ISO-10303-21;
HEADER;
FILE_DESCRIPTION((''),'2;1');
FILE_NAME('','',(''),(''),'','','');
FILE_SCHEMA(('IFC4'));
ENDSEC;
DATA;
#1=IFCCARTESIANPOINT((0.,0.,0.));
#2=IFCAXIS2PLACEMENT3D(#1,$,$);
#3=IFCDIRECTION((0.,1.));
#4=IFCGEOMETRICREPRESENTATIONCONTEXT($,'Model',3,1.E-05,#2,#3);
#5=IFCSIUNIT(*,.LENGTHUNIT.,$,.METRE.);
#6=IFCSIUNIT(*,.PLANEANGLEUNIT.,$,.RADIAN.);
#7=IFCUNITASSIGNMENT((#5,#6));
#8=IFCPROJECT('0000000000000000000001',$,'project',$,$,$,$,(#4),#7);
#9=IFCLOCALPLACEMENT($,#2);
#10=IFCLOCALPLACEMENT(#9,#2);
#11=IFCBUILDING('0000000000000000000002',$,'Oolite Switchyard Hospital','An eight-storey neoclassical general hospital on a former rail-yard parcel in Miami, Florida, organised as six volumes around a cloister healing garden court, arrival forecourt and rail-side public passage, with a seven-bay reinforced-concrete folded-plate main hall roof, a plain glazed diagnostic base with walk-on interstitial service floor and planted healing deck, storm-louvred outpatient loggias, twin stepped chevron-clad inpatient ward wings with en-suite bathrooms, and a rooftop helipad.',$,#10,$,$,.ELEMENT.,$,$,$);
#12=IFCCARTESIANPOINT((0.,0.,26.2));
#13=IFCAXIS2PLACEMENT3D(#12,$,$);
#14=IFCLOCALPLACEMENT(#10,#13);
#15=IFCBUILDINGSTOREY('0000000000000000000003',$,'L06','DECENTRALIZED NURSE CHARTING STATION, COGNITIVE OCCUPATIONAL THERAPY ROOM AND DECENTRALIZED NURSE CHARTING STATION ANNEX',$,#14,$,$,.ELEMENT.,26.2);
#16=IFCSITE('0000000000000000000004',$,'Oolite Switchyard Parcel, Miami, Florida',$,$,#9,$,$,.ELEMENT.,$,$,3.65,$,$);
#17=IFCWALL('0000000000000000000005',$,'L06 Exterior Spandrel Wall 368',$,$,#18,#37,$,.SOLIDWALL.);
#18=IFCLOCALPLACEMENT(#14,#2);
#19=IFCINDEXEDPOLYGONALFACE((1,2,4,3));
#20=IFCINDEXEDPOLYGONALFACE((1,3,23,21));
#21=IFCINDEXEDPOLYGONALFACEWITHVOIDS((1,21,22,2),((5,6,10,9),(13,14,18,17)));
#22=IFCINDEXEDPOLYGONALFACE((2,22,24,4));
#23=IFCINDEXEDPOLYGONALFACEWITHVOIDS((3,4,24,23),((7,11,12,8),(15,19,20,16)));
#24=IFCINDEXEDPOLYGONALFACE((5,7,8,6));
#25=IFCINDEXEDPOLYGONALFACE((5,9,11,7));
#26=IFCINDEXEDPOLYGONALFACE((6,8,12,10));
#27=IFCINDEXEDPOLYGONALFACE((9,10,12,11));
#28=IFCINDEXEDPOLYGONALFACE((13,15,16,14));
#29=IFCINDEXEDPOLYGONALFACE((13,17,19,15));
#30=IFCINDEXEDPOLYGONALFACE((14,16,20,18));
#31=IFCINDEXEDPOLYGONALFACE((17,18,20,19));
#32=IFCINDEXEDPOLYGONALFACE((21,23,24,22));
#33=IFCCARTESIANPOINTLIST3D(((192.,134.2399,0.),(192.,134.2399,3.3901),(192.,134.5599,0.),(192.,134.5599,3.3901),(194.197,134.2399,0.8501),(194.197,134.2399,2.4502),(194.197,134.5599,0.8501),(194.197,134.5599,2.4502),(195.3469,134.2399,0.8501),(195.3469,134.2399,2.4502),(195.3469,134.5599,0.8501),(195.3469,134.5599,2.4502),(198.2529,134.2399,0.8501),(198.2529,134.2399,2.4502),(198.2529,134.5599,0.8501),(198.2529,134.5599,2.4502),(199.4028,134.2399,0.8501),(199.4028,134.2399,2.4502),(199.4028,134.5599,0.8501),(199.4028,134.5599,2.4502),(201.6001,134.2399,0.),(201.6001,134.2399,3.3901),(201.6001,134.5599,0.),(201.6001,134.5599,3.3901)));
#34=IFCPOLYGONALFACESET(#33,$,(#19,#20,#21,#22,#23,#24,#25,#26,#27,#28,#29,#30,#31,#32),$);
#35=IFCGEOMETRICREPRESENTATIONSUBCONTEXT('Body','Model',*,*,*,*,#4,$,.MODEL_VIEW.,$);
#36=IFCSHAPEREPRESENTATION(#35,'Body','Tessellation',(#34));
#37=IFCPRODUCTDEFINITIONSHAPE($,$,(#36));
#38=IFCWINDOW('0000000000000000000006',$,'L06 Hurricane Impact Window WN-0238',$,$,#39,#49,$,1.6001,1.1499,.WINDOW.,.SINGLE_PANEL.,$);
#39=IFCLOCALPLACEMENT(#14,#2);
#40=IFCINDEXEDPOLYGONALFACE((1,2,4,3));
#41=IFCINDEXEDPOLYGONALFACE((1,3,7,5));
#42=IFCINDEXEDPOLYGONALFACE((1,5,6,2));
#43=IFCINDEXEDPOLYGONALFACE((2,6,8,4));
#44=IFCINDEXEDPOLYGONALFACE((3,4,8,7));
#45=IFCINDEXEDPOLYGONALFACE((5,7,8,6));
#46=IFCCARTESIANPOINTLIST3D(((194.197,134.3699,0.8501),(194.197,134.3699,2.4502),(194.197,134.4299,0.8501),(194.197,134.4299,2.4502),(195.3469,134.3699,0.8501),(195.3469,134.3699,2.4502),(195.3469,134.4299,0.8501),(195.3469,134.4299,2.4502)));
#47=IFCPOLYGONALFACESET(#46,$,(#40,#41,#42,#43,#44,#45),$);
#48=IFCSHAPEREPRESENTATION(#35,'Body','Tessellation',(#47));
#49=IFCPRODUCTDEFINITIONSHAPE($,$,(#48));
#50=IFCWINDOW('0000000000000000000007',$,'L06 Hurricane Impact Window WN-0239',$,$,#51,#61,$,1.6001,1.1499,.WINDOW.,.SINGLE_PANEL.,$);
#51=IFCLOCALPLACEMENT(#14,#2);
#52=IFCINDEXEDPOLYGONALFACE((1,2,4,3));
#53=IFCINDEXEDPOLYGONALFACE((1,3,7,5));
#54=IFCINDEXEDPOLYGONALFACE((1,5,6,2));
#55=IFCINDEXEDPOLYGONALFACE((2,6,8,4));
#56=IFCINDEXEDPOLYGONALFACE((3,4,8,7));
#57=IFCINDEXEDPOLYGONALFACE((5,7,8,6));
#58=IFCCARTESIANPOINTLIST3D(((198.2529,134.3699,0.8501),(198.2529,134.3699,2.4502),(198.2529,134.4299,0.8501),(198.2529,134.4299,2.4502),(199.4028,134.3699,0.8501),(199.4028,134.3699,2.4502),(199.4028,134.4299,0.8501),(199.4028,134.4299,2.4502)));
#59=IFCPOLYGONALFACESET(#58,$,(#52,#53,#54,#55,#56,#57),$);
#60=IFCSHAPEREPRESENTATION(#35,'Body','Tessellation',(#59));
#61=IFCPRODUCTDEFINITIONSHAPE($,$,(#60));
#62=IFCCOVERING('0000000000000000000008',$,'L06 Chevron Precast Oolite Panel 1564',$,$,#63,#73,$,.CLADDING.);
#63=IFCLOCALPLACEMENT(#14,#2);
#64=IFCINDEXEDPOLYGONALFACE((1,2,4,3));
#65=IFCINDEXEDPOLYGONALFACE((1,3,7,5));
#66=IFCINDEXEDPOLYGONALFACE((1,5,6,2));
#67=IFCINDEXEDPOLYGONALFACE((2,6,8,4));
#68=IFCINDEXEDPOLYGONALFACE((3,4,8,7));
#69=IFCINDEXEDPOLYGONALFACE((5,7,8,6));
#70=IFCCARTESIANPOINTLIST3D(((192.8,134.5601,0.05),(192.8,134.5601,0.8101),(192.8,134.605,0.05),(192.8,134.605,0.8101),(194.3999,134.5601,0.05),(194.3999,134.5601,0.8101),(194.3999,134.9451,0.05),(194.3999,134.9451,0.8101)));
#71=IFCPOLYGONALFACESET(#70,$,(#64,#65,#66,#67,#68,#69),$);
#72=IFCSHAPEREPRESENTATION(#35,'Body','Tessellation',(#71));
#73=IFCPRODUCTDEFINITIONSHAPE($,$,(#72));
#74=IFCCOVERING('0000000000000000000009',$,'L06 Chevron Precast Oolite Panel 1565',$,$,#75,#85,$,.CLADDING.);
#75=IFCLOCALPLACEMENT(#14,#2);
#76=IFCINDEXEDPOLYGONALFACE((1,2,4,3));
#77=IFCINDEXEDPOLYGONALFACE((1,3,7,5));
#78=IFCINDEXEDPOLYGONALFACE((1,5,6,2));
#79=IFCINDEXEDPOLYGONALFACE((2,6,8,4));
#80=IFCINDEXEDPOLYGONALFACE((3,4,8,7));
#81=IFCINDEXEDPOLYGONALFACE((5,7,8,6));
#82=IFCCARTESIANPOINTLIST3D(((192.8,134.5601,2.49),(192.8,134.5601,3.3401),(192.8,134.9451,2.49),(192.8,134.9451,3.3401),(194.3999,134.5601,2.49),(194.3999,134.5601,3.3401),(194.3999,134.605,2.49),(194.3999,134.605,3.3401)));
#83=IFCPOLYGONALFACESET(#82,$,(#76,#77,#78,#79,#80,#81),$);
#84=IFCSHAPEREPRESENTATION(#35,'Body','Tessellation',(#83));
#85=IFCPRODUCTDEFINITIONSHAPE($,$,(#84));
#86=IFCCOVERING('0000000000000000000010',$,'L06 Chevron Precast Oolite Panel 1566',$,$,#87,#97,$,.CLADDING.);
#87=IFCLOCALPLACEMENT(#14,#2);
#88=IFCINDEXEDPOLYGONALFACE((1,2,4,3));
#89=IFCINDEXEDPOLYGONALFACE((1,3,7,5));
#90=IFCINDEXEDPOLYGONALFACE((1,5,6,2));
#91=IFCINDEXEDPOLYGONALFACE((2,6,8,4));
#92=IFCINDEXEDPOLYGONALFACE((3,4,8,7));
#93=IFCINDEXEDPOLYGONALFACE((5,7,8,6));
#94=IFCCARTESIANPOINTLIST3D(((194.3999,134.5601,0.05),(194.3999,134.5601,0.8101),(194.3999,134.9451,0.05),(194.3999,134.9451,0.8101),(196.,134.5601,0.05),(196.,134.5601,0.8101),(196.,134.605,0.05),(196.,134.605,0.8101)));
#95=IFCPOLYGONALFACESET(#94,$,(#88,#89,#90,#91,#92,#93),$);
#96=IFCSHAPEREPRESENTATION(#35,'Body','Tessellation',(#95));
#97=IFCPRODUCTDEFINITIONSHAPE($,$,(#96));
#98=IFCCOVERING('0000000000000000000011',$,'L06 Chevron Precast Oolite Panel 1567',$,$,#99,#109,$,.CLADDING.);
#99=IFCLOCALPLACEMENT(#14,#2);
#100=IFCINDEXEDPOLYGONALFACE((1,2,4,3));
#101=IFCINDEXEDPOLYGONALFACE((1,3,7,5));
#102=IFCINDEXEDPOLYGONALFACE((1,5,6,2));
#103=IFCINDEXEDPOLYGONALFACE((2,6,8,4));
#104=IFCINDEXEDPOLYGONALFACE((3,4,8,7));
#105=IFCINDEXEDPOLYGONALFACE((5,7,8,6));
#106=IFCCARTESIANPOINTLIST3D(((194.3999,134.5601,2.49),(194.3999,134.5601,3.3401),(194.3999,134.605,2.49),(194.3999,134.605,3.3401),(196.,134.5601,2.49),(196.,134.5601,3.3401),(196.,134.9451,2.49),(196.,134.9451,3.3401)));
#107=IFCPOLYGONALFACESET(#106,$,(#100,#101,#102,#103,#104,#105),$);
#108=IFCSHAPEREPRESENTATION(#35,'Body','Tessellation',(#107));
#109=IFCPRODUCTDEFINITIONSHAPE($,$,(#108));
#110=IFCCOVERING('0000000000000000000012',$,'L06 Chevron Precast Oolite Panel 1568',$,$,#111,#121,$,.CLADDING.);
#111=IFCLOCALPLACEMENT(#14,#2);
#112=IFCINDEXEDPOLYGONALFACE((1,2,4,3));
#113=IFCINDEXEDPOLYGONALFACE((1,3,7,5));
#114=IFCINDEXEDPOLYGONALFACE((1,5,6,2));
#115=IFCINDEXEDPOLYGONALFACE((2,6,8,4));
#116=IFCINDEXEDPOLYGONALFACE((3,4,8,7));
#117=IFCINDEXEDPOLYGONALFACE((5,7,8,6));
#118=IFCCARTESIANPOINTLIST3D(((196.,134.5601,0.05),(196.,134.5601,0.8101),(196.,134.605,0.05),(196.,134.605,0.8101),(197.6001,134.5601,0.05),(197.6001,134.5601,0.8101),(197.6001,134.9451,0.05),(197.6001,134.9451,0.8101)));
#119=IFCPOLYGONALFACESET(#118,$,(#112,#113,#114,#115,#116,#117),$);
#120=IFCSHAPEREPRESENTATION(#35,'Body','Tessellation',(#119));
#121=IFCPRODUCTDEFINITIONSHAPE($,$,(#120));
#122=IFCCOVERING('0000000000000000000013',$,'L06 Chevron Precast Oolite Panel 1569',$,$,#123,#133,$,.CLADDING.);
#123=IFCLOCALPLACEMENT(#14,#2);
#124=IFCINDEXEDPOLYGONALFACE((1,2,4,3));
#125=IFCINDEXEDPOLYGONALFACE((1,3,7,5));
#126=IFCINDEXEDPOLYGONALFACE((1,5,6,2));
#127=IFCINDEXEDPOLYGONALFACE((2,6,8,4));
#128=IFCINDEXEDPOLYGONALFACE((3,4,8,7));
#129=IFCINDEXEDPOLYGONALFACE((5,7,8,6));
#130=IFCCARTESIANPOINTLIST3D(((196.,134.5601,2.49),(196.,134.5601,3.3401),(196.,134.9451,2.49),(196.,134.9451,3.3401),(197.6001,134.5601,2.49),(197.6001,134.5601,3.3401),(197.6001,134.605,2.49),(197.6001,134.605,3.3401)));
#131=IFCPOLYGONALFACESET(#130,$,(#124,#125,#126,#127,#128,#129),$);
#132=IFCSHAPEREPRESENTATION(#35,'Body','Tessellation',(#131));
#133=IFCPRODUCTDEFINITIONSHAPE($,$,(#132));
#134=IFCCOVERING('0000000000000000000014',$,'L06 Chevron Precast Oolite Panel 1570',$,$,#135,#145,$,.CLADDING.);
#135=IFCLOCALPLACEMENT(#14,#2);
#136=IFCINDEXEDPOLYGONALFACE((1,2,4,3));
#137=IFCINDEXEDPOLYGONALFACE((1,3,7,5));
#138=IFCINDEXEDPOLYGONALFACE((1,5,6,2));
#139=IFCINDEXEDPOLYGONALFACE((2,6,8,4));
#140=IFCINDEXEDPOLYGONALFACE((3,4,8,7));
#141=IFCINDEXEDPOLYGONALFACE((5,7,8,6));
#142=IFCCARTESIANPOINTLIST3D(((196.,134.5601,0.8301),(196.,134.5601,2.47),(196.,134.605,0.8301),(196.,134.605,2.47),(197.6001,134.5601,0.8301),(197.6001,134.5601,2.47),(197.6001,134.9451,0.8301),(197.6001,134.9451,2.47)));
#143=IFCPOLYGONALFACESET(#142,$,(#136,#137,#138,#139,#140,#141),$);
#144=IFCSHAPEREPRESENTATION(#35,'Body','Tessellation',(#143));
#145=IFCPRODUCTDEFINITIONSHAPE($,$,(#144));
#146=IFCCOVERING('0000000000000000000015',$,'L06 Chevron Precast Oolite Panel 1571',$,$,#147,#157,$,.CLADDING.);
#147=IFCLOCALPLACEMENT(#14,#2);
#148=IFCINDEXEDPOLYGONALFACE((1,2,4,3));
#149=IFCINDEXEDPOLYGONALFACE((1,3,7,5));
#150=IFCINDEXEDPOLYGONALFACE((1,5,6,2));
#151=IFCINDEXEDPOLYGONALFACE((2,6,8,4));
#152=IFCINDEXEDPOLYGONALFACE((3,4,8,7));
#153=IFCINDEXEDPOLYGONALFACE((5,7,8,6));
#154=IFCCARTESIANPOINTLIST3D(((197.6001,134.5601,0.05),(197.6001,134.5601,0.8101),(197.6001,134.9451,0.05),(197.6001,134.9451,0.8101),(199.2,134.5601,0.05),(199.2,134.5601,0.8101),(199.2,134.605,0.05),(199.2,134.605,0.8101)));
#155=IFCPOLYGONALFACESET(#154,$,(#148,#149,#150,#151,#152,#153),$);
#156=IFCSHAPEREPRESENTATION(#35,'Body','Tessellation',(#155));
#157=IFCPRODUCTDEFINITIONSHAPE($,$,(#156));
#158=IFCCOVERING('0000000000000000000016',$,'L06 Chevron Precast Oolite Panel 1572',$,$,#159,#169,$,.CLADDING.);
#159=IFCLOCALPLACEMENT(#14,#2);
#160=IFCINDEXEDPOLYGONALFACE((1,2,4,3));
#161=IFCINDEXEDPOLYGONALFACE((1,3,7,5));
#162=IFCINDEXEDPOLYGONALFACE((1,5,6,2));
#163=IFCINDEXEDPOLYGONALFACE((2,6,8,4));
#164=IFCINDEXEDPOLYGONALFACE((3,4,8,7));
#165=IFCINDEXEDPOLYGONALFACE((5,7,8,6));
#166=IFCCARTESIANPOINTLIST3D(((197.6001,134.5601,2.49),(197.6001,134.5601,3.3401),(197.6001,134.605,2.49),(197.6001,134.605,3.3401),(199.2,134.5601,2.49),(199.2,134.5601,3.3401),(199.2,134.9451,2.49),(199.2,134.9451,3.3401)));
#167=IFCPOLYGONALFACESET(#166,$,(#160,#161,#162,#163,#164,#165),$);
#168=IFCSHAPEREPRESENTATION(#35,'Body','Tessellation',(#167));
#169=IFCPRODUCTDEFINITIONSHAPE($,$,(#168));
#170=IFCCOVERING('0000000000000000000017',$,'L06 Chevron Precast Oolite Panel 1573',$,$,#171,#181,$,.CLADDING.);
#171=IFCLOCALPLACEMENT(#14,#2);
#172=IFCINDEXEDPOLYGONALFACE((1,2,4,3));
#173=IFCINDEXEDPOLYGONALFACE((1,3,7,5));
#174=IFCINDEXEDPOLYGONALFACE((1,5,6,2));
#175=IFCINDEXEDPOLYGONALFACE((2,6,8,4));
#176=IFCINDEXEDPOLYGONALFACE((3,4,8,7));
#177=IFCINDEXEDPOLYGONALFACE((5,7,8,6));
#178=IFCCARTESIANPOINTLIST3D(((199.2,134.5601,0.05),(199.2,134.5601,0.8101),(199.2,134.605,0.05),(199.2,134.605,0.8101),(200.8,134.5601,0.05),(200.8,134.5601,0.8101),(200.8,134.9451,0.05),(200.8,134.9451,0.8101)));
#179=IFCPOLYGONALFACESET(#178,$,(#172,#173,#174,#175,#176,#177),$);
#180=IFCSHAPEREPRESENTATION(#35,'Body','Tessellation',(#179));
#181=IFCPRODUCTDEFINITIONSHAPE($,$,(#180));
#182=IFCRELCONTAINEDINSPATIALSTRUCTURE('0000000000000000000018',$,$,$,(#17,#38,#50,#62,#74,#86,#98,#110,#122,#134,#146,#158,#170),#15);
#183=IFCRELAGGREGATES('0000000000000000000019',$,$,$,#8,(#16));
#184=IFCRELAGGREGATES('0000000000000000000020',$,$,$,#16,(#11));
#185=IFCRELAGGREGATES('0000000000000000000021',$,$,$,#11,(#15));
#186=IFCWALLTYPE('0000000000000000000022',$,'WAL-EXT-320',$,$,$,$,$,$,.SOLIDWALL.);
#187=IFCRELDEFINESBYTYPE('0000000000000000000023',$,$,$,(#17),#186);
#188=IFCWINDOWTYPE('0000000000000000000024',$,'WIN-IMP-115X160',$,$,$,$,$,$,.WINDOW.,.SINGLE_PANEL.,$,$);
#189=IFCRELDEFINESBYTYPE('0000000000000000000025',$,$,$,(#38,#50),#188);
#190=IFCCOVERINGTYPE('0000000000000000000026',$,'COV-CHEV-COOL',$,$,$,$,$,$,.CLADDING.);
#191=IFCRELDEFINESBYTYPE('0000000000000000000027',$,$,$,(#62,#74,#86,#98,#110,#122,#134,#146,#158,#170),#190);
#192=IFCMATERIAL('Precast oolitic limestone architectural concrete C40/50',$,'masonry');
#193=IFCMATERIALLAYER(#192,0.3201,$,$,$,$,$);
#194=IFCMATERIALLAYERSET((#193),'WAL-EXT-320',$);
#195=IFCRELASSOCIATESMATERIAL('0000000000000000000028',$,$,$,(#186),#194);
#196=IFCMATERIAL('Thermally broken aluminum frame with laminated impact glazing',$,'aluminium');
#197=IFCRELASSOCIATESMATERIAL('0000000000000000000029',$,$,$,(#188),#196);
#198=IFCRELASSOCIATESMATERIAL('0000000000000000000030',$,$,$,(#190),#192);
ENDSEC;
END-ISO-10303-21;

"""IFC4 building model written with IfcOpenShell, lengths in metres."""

from ifc_helpers import new_model, si_unit, direction, frame, frame_2d, origin, place, context, subcontext, project, spatial, polyline, rectangle, outline, extrude, material, layer, layer_set, type_object, element, fill, save


model = new_model("IFC4")

# Units and contexts
model_context = context("Model", 3, precision=1e-05, world=origin(), true_north=direction((0.0, 1.0)))
body_context = subcontext(model_context, "Body", "Model", "MODEL_VIEW")
ifc_project = project(units=[si_unit("LENGTHUNIT", "METRE"), si_unit("PLANEANGLEUNIT", "RADIAN")], contexts=[model_context])

# Site, building, storey
site_placement = place(None, origin())
site = spatial("IfcSite", under=ifc_project, at=site_placement, Name="Oolite Switchyard Parcel, Miami, Florida", CompositionType="ELEMENT", RefElevation=3.65)
building_placement = place(site_placement, origin())
building = spatial("IfcBuilding", under=site, at=building_placement, Name="Oolite Switchyard Hospital", Description="An eight-storey neoclassical general hospital on a former rail-yard parcel in Miami, Florida, organised as six volumes around a cloister healing garden court, arrival forecourt and rail-side public passage, with a seven-bay reinforced-concrete folded-plate main hall roof, a plain glazed diagnostic base with walk-on interstitial service floor and planted healing deck, storm-louvred outpatient loggias, twin stepped chevron-clad inpatient ward wings with en-suite bathrooms, and a rooftop helipad.", CompositionType="ELEMENT")
storey_placement = place(building_placement, frame((0.0, 0.0, 26.2)))
storey = spatial("IfcBuildingStorey", under=building, at=storey_placement, Name="L06", Description="DECENTRALIZED NURSE CHARTING STATION, COGNITIVE OCCUPATIONAL THERAPY ROOM AND DECENTRALIZED NURSE CHARTING STATION ANNEX", CompositionType="ELEMENT", Elevation=26.2)

# Shared definitions
ifc_material_1 = material(Name="Precast oolitic limestone architectural concrete C40/50", Category="masonry")

# Wall, openings, windows
ifc_material_2 = material(Name="Thermally broken aluminum frame with laminated impact glazing", Category="aluminium")
ifc_layer_1 = layer(ifc_material_1, 0.3201)
ifc_layer_set_1 = layer_set([ifc_layer_1], Name="WAL-EXT-320")
wall_type_1 = type_object("IfcWallType", Name="WAL-EXT-320", PredefinedType="SOLIDWALL", material=ifc_layer_set_1)
wall_1_placement = place(storey_placement, frame((192.0, 134.3999, 0.0), z_axis=(0.0, 0.0, 1.0), x_axis=(1.0, 0.0, 0.0)))
wall_1 = element("IfcWall", 1, at=wall_1_placement, inside=storey, type_object=wall_type_1, Name="L06 Exterior Spandrel Wall 368", PredefinedType="SOLIDWALL", context=body_context, shape_type="SweptSolid", body=[
    extrude(rectangle(XDim=9.6001, YDim=0.3201, at=frame_2d((4.8, 0.0))), origin(), (0.0, 0.0, 1.0), 3.3901),
])
opening_1_placement = place(wall_1_placement, frame((2.197, 0.0, 0.8501)))
opening_1 = element("IfcOpeningElement", 2, at=opening_1_placement, cuts=wall_1, PredefinedType="OPENING", context=body_context, shape_type="SweptSolid", body=[
    extrude(rectangle(XDim=1.1499, YDim=1.6001, at=frame_2d((0.575, 0.8))), frame((0.0, 0.1699, 0.0), z_axis=(0.0, -1.0, 0.0), x_axis=(1.0, 0.0, 0.0)), (0.0, 0.0, 1.0), 0.3401),
])
opening_2_placement = place(wall_1_placement, frame((6.2529, 0.0, 0.8501)))
opening_2 = element("IfcOpeningElement", 3, at=opening_2_placement, cuts=wall_1, PredefinedType="OPENING", context=body_context, shape_type="SweptSolid", body=[
    extrude(rectangle(XDim=1.1499, YDim=1.6001, at=frame_2d((0.575, 0.8))), frame((0.0, 0.1699, 0.0), z_axis=(0.0, -1.0, 0.0), x_axis=(1.0, 0.0, 0.0)), (0.0, 0.0, 1.0), 0.3401),
])
window_type_1 = type_object("IfcWindowType", Name="WIN-IMP-115X160", PartitioningType="SINGLE_PANEL", PredefinedType="WINDOW", material=ifc_material_2)
window_1_placement = place(opening_1_placement, origin())
window_1 = element("IfcWindow", 4, at=window_1_placement, inside=storey, type_object=window_type_1, Name="L06 Hurricane Impact Window WN-0238", OverallHeight=1.6001, OverallWidth=1.1499, PartitioningType="SINGLE_PANEL", PredefinedType="WINDOW", context=body_context, shape_type="SweptSolid", body=[
    extrude(rectangle(XDim=1.1499, YDim=1.6001, at=frame_2d((0.575, 0.8))), frame((0.0, 0.03, 0.0), z_axis=(0.0, -1.0, 0.0), x_axis=(1.0, 0.0, 0.0)), (0.0, 0.0, 1.0), 0.0601),
])
fill(opening_1, window_1)
window_2_placement = place(opening_2_placement, origin())
window_2 = element("IfcWindow", 5, at=window_2_placement, inside=storey, type_object=window_type_1, Name="L06 Hurricane Impact Window WN-0239", OverallHeight=1.6001, OverallWidth=1.1499, PartitioningType="SINGLE_PANEL", PredefinedType="WINDOW", context=body_context, shape_type="SweptSolid", body=[
    extrude(rectangle(XDim=1.1499, YDim=1.6001, at=frame_2d((0.575, 0.8))), frame((0.0, 0.03, 0.0), z_axis=(0.0, -1.0, 0.0), x_axis=(1.0, 0.0, 0.0)), (0.0, 0.0, 1.0), 0.0601),
])
fill(opening_2, window_2)

# Coverings
covering_type = type_object("IfcCoveringType", Name="COV-CHEV-COOL", PredefinedType="CLADDING", material=ifc_material_1)
covering_1_placement = place(storey_placement, frame((192.8, 134.5601, 0.05), z_axis=(0.0, 0.0, 1.0), x_axis=(1.0, 0.0, 0.0)))
element("IfcCovering", 6, at=covering_1_placement, inside=storey, type_object=covering_type, Name="L06 Chevron Precast Oolite Panel 1564", PredefinedType="CLADDING", context=body_context, shape_type="SweptSolid", body=[
    extrude(outline(polyline([(0.0, 0.0), (1.5999, 0.0), (1.5999, 0.385), (0.0, 0.0449), (0.0, 0.0)])), origin(), (0.0, 0.0, 1.0), 0.76),
])
covering_2_placement = place(storey_placement, frame((192.8, 134.5601, 2.49), z_axis=(0.0, 0.0, 1.0), x_axis=(1.0, 0.0, 0.0)))
element("IfcCovering", 7, at=covering_2_placement, inside=storey, type_object=covering_type, Name="L06 Chevron Precast Oolite Panel 1565", PredefinedType="CLADDING", context=body_context, shape_type="SweptSolid", body=[
    extrude(outline(polyline([(0.0, 0.0), (1.5999, 0.0), (1.5999, 0.0449), (0.0, 0.385), (0.0, 0.0)])), origin(), (0.0, 0.0, 1.0), 0.8501),
])
covering_3_placement = place(storey_placement, frame((194.3999, 134.5601, 0.05), z_axis=(0.0, 0.0, 1.0), x_axis=(1.0, 0.0, 0.0)))
element("IfcCovering", 8, at=covering_3_placement, inside=storey, type_object=covering_type, Name="L06 Chevron Precast Oolite Panel 1566", PredefinedType="CLADDING", context=body_context, shape_type="SweptSolid", body=[
    extrude(outline(polyline([(0.0, 0.0), (1.6001, 0.0), (1.6001, 0.0449), (0.0, 0.385), (0.0, 0.0)])), origin(), (0.0, 0.0, 1.0), 0.76),
])
covering_4_placement = place(storey_placement, frame((194.3999, 134.5601, 2.49), z_axis=(0.0, 0.0, 1.0), x_axis=(1.0, 0.0, 0.0)))
element("IfcCovering", 9, at=covering_4_placement, inside=storey, type_object=covering_type, Name="L06 Chevron Precast Oolite Panel 1567", PredefinedType="CLADDING", context=body_context, shape_type="SweptSolid", body=[
    extrude(outline(polyline([(0.0, 0.0), (1.6001, 0.0), (1.6001, 0.385), (0.0, 0.0449), (0.0, 0.0)])), origin(), (0.0, 0.0, 1.0), 0.8501),
])
covering_5_placement = place(storey_placement, frame((196.0, 134.5601, 0.05), z_axis=(0.0, 0.0, 1.0), x_axis=(1.0, 0.0, 0.0)))
element("IfcCovering", 10, at=covering_5_placement, inside=storey, type_object=covering_type, Name="L06 Chevron Precast Oolite Panel 1568", PredefinedType="CLADDING", context=body_context, shape_type="SweptSolid", body=[
    extrude(outline(polyline([(0.0, 0.0), (1.6001, 0.0), (1.6001, 0.385), (0.0, 0.0449), (0.0, 0.0)])), origin(), (0.0, 0.0, 1.0), 0.76),
])
covering_6_placement = place(storey_placement, frame((196.0, 134.5601, 2.49), z_axis=(0.0, 0.0, 1.0), x_axis=(1.0, 0.0, 0.0)))
element("IfcCovering", 11, at=covering_6_placement, inside=storey, type_object=covering_type, Name="L06 Chevron Precast Oolite Panel 1569", PredefinedType="CLADDING", context=body_context, shape_type="SweptSolid", body=[
    extrude(outline(polyline([(0.0, 0.0), (1.6001, 0.0), (1.6001, 0.0449), (0.0, 0.385), (0.0, 0.0)])), origin(), (0.0, 0.0, 1.0), 0.8501),
])
covering_7_placement = place(storey_placement, frame((196.0, 134.5601, 0.8301), z_axis=(0.0, 0.0, 1.0), x_axis=(1.0, 0.0, 0.0)))
element("IfcCovering", 12, at=covering_7_placement, inside=storey, type_object=covering_type, Name="L06 Chevron Precast Oolite Panel 1570", PredefinedType="CLADDING", context=body_context, shape_type="SweptSolid", body=[
    extrude(outline(polyline([(0.0, 0.0), (1.6001, 0.0), (1.6001, 0.385), (0.0, 0.0449), (0.0, 0.0)])), origin(), (0.0, 0.0, 1.0), 1.6399),
])
covering_8_placement = place(storey_placement, frame((197.6001, 134.5601, 0.05), z_axis=(0.0, 0.0, 1.0), x_axis=(1.0, 0.0, 0.0)))
element("IfcCovering", 13, at=covering_8_placement, inside=storey, type_object=covering_type, Name="L06 Chevron Precast Oolite Panel 1571", PredefinedType="CLADDING", context=body_context, shape_type="SweptSolid", body=[
    extrude(outline(polyline([(0.0, 0.0), (1.5999, 0.0), (1.5999, 0.0449), (0.0, 0.385), (0.0, 0.0)])), origin(), (0.0, 0.0, 1.0), 0.76),
])
covering_9_placement = place(storey_placement, frame((197.6001, 134.5601, 2.49), z_axis=(0.0, 0.0, 1.0), x_axis=(1.0, 0.0, 0.0)))
element("IfcCovering", 14, at=covering_9_placement, inside=storey, type_object=covering_type, Name="L06 Chevron Precast Oolite Panel 1572", PredefinedType="CLADDING", context=body_context, shape_type="SweptSolid", body=[
    extrude(outline(polyline([(0.0, 0.0), (1.5999, 0.0), (1.5999, 0.385), (0.0, 0.0449), (0.0, 0.0)])), origin(), (0.0, 0.0, 1.0), 0.8501),
])
covering_10_placement = place(storey_placement, frame((199.2, 134.5601, 0.05), z_axis=(0.0, 0.0, 1.0), x_axis=(1.0, 0.0, 0.0)))
element("IfcCovering", 15, at=covering_10_placement, inside=storey, type_object=covering_type, Name="L06 Chevron Precast Oolite Panel 1573", PredefinedType="CLADDING", context=body_context, shape_type="SweptSolid", body=[
    extrude(outline(polyline([(0.0, 0.0), (1.6001, 0.0), (1.6001, 0.385), (0.0, 0.0449), (0.0, 0.0)])), origin(), (0.0, 0.0, 1.0), 0.76),
])

save(model, "model.ifc")
